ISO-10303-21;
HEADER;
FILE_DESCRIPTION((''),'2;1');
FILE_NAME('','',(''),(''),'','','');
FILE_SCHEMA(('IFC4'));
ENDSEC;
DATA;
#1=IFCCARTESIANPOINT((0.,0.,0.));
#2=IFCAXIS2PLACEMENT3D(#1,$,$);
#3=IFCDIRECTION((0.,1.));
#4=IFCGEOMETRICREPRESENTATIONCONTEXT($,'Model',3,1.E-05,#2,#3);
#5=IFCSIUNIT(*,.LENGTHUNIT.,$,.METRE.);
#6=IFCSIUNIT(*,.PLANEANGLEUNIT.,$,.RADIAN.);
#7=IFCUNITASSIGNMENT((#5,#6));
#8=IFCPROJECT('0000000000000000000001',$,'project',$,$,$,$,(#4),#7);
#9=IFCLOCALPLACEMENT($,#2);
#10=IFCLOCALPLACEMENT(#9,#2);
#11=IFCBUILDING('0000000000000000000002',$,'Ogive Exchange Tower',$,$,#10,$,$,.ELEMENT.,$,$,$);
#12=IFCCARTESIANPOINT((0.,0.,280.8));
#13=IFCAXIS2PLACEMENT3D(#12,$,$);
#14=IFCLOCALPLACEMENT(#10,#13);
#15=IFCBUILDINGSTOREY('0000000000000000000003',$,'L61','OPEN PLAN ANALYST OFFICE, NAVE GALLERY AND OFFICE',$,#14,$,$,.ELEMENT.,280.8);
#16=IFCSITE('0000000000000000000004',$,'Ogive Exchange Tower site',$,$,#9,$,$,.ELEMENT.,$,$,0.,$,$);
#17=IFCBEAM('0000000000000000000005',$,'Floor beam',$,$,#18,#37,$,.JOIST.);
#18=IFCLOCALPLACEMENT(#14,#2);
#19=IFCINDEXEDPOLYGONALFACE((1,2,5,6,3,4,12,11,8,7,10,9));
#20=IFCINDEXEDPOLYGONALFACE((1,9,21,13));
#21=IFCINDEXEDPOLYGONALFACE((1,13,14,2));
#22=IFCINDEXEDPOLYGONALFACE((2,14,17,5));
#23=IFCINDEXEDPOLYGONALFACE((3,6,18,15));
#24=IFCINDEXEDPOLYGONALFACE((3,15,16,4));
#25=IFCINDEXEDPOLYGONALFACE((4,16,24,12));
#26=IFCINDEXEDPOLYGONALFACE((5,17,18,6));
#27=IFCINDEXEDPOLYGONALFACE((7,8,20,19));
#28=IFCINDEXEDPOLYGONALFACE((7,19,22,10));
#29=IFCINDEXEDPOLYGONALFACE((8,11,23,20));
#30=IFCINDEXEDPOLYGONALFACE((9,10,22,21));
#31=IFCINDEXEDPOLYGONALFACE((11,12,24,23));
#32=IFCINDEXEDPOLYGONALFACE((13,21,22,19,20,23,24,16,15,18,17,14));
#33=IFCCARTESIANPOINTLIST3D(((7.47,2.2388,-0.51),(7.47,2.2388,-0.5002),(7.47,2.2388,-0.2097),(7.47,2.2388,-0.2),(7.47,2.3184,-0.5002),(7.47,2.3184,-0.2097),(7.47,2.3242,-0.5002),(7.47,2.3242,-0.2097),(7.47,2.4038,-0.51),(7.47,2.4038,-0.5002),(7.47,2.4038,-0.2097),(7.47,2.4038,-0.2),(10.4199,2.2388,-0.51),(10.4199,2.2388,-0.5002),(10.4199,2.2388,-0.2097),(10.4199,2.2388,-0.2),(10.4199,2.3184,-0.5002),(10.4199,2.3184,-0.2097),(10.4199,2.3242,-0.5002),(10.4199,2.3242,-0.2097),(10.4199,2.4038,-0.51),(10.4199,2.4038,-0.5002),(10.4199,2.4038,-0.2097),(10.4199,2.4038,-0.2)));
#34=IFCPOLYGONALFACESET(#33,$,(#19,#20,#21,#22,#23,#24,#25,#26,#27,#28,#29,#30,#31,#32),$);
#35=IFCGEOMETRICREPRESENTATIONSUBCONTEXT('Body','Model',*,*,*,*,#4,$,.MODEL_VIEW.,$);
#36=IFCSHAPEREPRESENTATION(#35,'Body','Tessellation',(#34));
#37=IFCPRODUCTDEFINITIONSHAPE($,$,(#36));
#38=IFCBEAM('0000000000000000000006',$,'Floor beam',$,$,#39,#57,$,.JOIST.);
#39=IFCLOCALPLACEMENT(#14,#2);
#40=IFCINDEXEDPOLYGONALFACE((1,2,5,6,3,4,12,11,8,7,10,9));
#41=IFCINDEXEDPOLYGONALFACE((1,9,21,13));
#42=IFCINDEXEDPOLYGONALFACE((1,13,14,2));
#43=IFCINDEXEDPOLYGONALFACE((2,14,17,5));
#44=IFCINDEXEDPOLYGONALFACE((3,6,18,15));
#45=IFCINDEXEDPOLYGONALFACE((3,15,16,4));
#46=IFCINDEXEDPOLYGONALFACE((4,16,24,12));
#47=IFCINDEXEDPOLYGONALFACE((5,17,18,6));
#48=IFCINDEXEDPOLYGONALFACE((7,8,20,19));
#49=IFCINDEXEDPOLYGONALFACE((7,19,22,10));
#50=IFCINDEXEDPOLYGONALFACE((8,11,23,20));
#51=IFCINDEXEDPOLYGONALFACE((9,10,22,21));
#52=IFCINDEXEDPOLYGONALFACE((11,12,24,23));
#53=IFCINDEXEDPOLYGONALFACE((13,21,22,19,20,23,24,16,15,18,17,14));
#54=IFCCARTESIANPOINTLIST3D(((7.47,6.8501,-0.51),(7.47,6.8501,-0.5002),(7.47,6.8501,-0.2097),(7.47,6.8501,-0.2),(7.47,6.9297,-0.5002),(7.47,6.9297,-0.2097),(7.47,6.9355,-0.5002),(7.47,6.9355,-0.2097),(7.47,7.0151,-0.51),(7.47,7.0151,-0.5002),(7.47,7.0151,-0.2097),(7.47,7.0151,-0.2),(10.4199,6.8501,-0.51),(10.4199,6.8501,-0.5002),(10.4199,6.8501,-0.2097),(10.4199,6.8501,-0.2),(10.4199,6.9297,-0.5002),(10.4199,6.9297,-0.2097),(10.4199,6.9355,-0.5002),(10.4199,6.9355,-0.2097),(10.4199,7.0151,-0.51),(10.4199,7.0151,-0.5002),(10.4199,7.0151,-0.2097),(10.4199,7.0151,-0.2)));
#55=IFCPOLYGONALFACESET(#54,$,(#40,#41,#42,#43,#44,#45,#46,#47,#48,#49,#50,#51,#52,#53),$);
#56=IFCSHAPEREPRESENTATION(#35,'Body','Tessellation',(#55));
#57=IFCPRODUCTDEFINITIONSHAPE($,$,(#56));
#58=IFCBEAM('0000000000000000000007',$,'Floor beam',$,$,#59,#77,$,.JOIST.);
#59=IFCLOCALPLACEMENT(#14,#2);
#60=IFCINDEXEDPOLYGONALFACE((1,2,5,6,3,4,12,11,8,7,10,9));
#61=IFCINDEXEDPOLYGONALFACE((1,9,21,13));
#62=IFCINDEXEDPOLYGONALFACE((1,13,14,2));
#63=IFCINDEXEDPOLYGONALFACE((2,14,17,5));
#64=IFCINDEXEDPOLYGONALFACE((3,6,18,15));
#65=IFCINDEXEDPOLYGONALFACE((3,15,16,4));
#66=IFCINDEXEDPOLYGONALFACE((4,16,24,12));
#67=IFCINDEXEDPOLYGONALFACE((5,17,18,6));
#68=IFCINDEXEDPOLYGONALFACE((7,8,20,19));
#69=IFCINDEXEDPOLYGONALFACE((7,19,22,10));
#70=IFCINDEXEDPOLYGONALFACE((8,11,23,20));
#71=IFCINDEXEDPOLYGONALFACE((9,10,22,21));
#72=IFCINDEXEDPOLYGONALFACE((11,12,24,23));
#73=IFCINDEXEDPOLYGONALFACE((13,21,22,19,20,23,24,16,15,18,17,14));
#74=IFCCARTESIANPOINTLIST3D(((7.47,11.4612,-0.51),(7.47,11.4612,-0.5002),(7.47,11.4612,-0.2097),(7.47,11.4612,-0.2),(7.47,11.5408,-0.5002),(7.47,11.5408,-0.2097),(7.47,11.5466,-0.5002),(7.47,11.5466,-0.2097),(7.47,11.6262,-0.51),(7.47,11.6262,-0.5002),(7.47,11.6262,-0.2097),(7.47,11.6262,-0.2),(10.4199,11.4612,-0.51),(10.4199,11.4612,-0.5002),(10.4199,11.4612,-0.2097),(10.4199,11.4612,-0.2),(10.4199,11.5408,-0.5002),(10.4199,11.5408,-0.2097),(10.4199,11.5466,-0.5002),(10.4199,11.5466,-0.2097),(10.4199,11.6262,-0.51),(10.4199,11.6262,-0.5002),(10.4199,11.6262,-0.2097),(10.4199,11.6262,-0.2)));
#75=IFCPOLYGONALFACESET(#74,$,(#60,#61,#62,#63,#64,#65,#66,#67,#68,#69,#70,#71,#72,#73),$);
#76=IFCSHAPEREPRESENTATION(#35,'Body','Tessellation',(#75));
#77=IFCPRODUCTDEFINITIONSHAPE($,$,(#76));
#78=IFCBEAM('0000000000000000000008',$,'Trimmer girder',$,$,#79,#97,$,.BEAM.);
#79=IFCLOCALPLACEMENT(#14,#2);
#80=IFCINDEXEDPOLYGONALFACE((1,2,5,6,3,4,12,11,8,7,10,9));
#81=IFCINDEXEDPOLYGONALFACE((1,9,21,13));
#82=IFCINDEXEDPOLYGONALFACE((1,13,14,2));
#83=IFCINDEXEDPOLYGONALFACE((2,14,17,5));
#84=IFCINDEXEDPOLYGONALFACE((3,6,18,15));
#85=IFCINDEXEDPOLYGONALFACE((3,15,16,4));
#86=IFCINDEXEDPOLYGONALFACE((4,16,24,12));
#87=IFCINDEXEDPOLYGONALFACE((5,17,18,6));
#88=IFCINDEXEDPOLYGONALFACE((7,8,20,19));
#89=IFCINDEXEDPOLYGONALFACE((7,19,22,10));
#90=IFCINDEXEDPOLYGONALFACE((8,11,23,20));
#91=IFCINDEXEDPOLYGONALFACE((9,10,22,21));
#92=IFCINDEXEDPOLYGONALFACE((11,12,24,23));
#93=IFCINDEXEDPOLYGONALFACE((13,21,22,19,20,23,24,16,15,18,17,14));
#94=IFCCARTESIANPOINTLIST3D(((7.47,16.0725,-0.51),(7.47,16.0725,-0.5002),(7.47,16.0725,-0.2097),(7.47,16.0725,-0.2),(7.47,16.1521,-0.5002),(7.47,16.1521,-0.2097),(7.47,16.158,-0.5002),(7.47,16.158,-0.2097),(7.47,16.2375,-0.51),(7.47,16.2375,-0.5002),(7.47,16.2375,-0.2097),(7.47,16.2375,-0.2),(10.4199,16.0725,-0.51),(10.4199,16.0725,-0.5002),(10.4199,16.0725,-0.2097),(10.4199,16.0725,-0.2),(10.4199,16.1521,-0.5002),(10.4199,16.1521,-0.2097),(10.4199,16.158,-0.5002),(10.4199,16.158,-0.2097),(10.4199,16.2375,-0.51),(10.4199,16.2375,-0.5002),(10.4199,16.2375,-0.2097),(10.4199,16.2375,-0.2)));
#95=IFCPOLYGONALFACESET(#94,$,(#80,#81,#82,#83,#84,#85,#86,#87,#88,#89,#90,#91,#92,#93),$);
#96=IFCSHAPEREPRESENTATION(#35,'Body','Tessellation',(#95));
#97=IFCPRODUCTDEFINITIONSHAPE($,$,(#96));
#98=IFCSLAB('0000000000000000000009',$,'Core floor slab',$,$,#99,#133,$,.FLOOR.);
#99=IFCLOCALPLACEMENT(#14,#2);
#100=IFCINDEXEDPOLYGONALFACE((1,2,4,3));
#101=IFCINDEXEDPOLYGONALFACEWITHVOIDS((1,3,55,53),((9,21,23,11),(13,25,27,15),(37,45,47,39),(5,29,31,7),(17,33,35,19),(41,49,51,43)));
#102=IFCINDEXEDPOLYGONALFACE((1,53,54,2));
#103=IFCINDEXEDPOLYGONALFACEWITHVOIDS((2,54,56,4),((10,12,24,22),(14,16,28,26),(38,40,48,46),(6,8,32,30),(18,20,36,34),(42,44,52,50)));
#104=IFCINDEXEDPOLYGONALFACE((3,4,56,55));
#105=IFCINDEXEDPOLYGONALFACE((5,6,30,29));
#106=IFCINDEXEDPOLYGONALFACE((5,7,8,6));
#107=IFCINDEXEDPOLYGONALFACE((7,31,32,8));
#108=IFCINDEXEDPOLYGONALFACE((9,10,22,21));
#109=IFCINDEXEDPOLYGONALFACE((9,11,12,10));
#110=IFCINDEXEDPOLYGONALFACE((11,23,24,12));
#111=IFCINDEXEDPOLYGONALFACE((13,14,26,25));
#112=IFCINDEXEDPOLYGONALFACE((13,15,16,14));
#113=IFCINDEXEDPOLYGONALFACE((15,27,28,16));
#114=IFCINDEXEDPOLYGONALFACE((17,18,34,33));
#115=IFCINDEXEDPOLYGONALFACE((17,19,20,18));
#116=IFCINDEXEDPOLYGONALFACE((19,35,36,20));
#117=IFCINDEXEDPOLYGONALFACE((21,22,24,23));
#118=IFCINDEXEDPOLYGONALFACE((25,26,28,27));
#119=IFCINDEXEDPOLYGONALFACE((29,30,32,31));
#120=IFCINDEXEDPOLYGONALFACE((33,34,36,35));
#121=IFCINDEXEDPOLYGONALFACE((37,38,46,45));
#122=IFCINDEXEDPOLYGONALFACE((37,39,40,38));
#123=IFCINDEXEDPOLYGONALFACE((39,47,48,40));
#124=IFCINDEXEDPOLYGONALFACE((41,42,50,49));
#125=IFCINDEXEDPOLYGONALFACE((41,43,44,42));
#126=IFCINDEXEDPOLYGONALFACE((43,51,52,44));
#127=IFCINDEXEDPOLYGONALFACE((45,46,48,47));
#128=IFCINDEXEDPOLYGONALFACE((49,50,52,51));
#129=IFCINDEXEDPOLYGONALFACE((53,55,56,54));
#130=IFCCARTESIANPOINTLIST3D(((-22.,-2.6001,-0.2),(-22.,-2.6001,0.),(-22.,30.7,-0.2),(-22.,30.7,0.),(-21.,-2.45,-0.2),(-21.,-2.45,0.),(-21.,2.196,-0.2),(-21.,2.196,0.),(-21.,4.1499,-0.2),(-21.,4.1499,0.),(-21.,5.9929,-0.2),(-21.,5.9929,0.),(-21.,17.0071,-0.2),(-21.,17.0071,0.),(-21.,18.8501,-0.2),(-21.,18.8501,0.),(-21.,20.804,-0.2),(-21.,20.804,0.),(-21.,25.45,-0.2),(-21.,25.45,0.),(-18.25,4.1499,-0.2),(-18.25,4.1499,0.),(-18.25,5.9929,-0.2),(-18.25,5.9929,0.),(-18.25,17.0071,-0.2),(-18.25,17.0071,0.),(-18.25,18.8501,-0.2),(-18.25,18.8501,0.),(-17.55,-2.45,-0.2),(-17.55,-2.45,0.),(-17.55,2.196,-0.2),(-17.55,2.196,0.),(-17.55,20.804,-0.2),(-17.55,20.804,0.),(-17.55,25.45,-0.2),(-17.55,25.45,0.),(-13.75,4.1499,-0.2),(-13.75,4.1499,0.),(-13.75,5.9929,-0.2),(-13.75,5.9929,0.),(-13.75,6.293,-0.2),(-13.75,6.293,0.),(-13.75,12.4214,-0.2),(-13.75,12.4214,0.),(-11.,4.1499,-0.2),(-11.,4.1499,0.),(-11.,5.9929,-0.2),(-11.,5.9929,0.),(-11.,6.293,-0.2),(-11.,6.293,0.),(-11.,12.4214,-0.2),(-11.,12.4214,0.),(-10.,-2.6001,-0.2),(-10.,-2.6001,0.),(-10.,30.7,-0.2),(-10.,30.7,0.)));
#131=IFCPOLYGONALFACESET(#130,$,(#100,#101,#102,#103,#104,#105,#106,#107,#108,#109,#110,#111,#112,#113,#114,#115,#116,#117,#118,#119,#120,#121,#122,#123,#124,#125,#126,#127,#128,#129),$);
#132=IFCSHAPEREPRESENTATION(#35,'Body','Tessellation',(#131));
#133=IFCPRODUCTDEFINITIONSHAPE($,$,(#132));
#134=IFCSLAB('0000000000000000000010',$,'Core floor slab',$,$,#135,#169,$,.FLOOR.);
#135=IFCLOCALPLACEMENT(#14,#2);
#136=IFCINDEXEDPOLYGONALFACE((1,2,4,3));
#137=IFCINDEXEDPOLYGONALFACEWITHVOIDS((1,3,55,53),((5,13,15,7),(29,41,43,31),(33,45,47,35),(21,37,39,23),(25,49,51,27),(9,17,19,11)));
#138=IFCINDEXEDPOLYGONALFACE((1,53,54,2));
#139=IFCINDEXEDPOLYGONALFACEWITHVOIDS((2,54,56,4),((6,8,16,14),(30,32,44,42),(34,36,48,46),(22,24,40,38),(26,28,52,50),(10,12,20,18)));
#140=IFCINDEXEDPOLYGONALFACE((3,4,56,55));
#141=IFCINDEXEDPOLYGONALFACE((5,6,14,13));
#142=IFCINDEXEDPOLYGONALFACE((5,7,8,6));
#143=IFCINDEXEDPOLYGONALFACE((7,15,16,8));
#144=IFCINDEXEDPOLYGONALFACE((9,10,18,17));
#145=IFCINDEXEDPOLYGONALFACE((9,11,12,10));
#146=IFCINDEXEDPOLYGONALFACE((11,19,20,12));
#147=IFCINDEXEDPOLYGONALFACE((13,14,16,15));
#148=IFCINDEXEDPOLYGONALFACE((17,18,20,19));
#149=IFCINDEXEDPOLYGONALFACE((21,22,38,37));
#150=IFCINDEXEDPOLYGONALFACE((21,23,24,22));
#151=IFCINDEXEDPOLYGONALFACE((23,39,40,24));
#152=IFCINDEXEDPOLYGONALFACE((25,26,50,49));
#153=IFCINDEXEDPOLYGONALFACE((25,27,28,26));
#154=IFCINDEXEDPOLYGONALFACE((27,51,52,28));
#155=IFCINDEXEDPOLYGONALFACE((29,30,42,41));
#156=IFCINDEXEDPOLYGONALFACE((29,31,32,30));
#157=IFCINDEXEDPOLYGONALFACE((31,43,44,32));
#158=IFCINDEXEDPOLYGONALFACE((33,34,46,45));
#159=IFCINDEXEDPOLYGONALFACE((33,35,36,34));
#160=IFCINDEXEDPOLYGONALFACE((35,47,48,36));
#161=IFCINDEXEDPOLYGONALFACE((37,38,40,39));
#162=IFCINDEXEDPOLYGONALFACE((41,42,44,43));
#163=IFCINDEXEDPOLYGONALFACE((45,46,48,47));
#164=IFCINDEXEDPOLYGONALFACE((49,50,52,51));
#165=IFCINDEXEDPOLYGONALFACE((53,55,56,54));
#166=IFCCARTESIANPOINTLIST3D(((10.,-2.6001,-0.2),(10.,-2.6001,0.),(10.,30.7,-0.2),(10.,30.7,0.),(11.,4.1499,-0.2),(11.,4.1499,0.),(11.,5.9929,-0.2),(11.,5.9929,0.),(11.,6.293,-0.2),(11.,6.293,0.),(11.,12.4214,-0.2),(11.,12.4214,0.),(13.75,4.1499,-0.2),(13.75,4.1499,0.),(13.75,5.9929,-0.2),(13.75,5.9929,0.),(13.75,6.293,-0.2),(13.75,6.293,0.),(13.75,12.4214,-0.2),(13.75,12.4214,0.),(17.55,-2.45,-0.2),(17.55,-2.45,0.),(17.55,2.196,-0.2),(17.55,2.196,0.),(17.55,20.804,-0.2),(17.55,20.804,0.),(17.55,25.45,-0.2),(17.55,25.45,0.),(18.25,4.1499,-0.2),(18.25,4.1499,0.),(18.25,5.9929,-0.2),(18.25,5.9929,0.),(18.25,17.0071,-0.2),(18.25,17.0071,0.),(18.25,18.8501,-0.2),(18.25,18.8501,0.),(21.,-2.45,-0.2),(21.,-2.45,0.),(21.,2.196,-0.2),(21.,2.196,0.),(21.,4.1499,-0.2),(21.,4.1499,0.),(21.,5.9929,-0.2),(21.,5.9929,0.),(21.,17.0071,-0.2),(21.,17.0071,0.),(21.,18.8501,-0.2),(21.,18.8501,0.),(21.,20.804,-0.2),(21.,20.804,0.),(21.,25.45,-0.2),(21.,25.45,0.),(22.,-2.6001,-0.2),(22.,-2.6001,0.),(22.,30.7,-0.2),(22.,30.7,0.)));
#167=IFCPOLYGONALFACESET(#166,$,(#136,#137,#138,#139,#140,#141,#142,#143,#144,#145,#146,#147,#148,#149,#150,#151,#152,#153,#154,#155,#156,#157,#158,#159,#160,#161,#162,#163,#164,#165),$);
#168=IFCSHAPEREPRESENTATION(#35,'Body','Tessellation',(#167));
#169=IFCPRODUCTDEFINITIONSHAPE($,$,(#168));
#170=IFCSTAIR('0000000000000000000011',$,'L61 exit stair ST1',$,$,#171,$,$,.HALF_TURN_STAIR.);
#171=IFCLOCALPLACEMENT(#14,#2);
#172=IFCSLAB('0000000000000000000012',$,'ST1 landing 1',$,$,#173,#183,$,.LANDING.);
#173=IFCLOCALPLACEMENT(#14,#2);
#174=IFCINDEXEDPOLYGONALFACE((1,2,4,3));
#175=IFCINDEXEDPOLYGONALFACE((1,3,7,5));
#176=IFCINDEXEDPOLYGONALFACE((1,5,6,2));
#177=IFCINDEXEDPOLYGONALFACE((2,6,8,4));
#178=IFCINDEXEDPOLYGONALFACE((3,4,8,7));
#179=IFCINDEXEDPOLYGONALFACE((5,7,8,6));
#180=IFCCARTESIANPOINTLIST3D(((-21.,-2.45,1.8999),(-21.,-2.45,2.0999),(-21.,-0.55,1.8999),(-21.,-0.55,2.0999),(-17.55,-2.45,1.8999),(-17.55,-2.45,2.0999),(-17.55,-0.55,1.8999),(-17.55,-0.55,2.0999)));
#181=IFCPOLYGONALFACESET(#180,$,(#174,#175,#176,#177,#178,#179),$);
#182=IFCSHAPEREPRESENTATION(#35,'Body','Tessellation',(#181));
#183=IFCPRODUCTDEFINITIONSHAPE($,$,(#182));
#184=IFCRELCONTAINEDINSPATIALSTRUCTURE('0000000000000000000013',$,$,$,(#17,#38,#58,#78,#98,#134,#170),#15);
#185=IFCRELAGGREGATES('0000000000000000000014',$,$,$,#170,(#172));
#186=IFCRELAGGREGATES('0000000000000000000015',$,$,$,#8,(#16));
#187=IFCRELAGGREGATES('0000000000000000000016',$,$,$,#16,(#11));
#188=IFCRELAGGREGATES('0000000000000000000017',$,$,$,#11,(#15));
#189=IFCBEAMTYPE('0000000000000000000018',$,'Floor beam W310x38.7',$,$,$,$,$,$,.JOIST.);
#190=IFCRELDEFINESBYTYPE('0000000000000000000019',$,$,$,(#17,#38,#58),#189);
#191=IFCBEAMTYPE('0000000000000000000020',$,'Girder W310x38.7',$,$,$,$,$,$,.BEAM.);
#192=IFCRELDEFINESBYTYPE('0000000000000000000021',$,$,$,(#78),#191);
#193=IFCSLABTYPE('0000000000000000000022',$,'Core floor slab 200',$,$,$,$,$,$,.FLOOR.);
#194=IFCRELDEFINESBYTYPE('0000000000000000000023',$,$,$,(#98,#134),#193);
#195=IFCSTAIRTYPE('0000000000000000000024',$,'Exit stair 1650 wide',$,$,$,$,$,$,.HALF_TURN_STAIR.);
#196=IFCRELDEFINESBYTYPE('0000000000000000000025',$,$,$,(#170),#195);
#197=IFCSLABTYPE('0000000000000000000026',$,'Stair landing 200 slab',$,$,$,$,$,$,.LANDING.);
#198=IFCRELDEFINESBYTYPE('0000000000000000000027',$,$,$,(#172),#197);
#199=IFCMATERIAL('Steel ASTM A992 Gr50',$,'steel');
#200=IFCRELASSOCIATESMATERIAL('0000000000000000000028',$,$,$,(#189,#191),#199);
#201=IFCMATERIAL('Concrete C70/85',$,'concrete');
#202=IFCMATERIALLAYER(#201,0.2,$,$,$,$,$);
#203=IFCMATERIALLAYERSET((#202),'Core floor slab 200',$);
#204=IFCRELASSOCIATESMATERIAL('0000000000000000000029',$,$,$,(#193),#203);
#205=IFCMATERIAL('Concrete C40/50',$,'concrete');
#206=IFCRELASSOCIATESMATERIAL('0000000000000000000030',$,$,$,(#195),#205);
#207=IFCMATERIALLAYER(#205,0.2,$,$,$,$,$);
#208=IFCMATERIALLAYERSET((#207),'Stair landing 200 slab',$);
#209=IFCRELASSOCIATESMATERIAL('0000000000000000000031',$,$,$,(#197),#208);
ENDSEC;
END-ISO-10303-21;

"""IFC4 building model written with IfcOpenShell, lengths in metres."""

from ifc_helpers import new_model, si_unit, direction, frame, origin, origin_2d, place, context, subcontext, project, spatial, polyline, i_section, outline, extrude, material, layer, layer_set, material_profile, profile_set, type_object, element, aggregate, save


model = new_model("IFC4")

# Units and contexts
model_context = context("Model", 3, precision=1e-05, world=origin(), true_north=direction((0.0, 1.0)))
body_context = subcontext(model_context, "Body", "Model", "MODEL_VIEW")
ifc_project = project(units=[si_unit("LENGTHUNIT", "METRE"), si_unit("PLANEANGLEUNIT", "RADIAN")], contexts=[model_context])

# Site, building, storey
site_placement = place(None, origin())
site = spatial("IfcSite", under=ifc_project, at=site_placement, Name="Ogive Exchange Tower site", CompositionType="ELEMENT", RefElevation=0.0)
building_placement = place(site_placement, origin())
building = spatial("IfcBuilding", under=site, at=building_placement, Name="Ogive Exchange Tower", CompositionType="ELEMENT")
storey_placement = place(building_placement, frame((0.0, 0.0, 280.8)))
storey = spatial("IfcBuildingStorey", under=building, at=storey_placement, Name="L61", Description="OPEN PLAN ANALYST OFFICE, NAVE GALLERY AND OFFICE", CompositionType="ELEMENT", Elevation=280.8)

# Beams
ifc_material_1 = material(Name="Steel ASTM A992 Gr50", Category="steel")
ifc_material_profile_1 = material_profile(ifc_material_1, i_section(OverallWidth=0.165, OverallDepth=0.3101, WebThickness=0.0059, FlangeThickness=0.0098, at=origin_2d()), Name="W310x38.7")
ifc_profile_set_1 = profile_set([ifc_material_profile_1], Name="Steel ASTM A992 Gr50")
beam_type_1 = type_object("IfcBeamType", Name="Floor beam W310x38.7", PredefinedType="JOIST", material=ifc_profile_set_1)
for number, where, z_axis, x_axis, name in (
    (1, (7.47, 2.3213, -0.355), (1.0, 0.0, 0.0), (0.0, 1.0, 0.0), "Floor beam"),
    (2, (7.47, 6.9326, -0.355), (1.0, 0.0, 0.0), (0.0, 1.0, 0.0), "Floor beam"),
    (3, (7.47, 11.5437, -0.355), (1.0, 0.0, 0.0), (0.0, 1.0, 0.0), "Floor beam"),
):
    element("IfcBeam", number, at=place(storey_placement, frame(where, z_axis=z_axis, x_axis=x_axis)), inside=storey, type_object=beam_type_1, Name=name, PredefinedType="JOIST", context=body_context, shape_type="SweptSolid", body=[
        extrude(i_section(OverallWidth=0.165, OverallDepth=0.3101, WebThickness=0.0059, FlangeThickness=0.0098, at=origin_2d()), origin(), (0.0, 0.0, 1.0), 2.95),
    ])
ifc_material_profile_2 = material_profile(ifc_material_1, i_section(OverallWidth=0.165, OverallDepth=0.3101, WebThickness=0.0059, FlangeThickness=0.0098, at=origin_2d()), Name="W310x38.7")
ifc_profile_set_2 = profile_set([ifc_material_profile_2], Name="Steel ASTM A992 Gr50")
beam_type_2 = type_object("IfcBeamType", Name="Girder W310x38.7", PredefinedType="BEAM", material=ifc_profile_set_2)
beam_placement = place(storey_placement, frame((7.47, 16.155, -0.355), z_axis=(1.0, 0.0, 0.0), x_axis=(0.0, 1.0, 0.0)))
element("IfcBeam", 4, at=beam_placement, inside=storey, type_object=beam_type_2, Name="Trimmer girder", PredefinedType="BEAM", context=body_context, shape_type="SweptSolid", body=[
    extrude(i_section(OverallWidth=0.165, OverallDepth=0.3101, WebThickness=0.0059, FlangeThickness=0.0098, at=origin_2d()), origin(), (0.0, 0.0, 1.0), 2.95),
])

# Slabs
ifc_material_2 = material(Name="Concrete C70/85", Category="concrete")
ifc_layer_1 = layer(ifc_material_2, 0.2)
ifc_layer_set_1 = layer_set([ifc_layer_1], Name="Core floor slab 200")
slab_type_1 = type_object("IfcSlabType", Name="Core floor slab 200", PredefinedType="FLOOR", material=ifc_layer_set_1)
slab_1_placement = place(storey_placement, frame((0.0, 0.0, -0.2)))
element("IfcSlab", 5, at=slab_1_placement, inside=storey, type_object=slab_type_1, Name="Core floor slab", PredefinedType="FLOOR", context=body_context, shape_type="SweptSolid", body=[
    extrude(outline(polyline([(-22.0, -2.6001), (-22.0, 30.7), (-10.0, 30.7), (-10.0, -2.6001), (-22.0, -2.6001)]), holes=[polyline([(-17.55, 2.196), (-21.0, 2.196), (-21.0, -2.45), (-17.55, -2.45), (-17.55, 2.196)]), polyline([(-18.25, 5.9929), (-21.0, 5.9929), (-21.0, 4.1499), (-18.25, 4.1499), (-18.25, 5.9929)]), polyline([(-11.0, 5.9929), (-13.75, 5.9929), (-13.75, 4.1499), (-11.0, 4.1499), (-11.0, 5.9929)]), polyline([(-13.75, 12.4214), (-13.75, 6.293), (-11.0, 6.293), (-11.0, 12.4214), (-13.75, 12.4214)]), polyline([(-18.25, 18.8501), (-21.0, 18.8501), (-21.0, 17.0071), (-18.25, 17.0071), (-18.25, 18.8501)]), polyline([(-21.0, 25.45), (-21.0, 20.804), (-17.55, 20.804), (-17.55, 25.45), (-21.0, 25.45)])]), origin(), (0.0, 0.0, 1.0), 0.2),
])
slab_2_placement = place(storey_placement, frame((0.0, 0.0, -0.2)))
element("IfcSlab", 6, at=slab_2_placement, inside=storey, type_object=slab_type_1, Name="Core floor slab", PredefinedType="FLOOR", context=body_context, shape_type="SweptSolid", body=[
    extrude(outline(polyline([(10.0, -2.6001), (10.0, 30.7), (22.0, 30.7), (22.0, -2.6001), (10.0, -2.6001)]), holes=[polyline([(21.0, 2.196), (17.55, 2.196), (17.55, -2.45), (21.0, -2.45), (21.0, 2.196)]), polyline([(13.75, 5.9929), (11.0, 5.9929), (11.0, 4.1499), (13.75, 4.1499), (13.75, 5.9929)]), polyline([(21.0, 5.9929), (18.25, 5.9929), (18.25, 4.1499), (21.0, 4.1499), (21.0, 5.9929)]), polyline([(11.0, 12.4214), (11.0, 6.293), (13.75, 6.293), (13.75, 12.4214), (11.0, 12.4214)]), polyline([(21.0, 18.8501), (18.25, 18.8501), (18.25, 17.0071), (21.0, 17.0071), (21.0, 18.8501)]), polyline([(17.55, 25.45), (17.55, 20.804), (21.0, 20.804), (21.0, 25.45), (17.55, 25.45)])]), origin(), (0.0, 0.0, 1.0), 0.2),
])

# Stair, slab
ifc_material_3 = material(Name="Concrete C40/50", Category="concrete")
stair_type = type_object("IfcStairType", Name="Exit stair 1650 wide", PredefinedType="HALF_TURN_STAIR", material=ifc_material_3)
stair_1_placement = place(storey_placement, origin())
stair_1 = element("IfcStair", 7, at=stair_1_placement, inside=storey, type_object=stair_type, Name="L61 exit stair ST1", PredefinedType="HALF_TURN_STAIR")
ifc_layer_2 = layer(ifc_material_3, 0.2)
ifc_layer_set_2 = layer_set([ifc_layer_2], Name="Stair landing 200 slab")
slab_type_2 = type_object("IfcSlabType", Name="Stair landing 200 slab", PredefinedType="LANDING", material=ifc_layer_set_2)
slab_3_placement = place(storey_placement, frame((0.0, 0.0, 1.8999)))
slab_3 = element("IfcSlab", 8, at=slab_3_placement, type_object=slab_type_2, Name="ST1 landing 1", PredefinedType="LANDING", context=body_context, shape_type="SweptSolid", body=[
    extrude(outline(polyline([(-21.0, -0.55), (-21.0, -2.45), (-17.55, -2.45), (-17.55, -0.55), (-21.0, -0.55)])), origin(), (0.0, 0.0, 1.0), 0.2),
])
aggregate(stair_1, [slab_3])

save(model, "model.ifc")
